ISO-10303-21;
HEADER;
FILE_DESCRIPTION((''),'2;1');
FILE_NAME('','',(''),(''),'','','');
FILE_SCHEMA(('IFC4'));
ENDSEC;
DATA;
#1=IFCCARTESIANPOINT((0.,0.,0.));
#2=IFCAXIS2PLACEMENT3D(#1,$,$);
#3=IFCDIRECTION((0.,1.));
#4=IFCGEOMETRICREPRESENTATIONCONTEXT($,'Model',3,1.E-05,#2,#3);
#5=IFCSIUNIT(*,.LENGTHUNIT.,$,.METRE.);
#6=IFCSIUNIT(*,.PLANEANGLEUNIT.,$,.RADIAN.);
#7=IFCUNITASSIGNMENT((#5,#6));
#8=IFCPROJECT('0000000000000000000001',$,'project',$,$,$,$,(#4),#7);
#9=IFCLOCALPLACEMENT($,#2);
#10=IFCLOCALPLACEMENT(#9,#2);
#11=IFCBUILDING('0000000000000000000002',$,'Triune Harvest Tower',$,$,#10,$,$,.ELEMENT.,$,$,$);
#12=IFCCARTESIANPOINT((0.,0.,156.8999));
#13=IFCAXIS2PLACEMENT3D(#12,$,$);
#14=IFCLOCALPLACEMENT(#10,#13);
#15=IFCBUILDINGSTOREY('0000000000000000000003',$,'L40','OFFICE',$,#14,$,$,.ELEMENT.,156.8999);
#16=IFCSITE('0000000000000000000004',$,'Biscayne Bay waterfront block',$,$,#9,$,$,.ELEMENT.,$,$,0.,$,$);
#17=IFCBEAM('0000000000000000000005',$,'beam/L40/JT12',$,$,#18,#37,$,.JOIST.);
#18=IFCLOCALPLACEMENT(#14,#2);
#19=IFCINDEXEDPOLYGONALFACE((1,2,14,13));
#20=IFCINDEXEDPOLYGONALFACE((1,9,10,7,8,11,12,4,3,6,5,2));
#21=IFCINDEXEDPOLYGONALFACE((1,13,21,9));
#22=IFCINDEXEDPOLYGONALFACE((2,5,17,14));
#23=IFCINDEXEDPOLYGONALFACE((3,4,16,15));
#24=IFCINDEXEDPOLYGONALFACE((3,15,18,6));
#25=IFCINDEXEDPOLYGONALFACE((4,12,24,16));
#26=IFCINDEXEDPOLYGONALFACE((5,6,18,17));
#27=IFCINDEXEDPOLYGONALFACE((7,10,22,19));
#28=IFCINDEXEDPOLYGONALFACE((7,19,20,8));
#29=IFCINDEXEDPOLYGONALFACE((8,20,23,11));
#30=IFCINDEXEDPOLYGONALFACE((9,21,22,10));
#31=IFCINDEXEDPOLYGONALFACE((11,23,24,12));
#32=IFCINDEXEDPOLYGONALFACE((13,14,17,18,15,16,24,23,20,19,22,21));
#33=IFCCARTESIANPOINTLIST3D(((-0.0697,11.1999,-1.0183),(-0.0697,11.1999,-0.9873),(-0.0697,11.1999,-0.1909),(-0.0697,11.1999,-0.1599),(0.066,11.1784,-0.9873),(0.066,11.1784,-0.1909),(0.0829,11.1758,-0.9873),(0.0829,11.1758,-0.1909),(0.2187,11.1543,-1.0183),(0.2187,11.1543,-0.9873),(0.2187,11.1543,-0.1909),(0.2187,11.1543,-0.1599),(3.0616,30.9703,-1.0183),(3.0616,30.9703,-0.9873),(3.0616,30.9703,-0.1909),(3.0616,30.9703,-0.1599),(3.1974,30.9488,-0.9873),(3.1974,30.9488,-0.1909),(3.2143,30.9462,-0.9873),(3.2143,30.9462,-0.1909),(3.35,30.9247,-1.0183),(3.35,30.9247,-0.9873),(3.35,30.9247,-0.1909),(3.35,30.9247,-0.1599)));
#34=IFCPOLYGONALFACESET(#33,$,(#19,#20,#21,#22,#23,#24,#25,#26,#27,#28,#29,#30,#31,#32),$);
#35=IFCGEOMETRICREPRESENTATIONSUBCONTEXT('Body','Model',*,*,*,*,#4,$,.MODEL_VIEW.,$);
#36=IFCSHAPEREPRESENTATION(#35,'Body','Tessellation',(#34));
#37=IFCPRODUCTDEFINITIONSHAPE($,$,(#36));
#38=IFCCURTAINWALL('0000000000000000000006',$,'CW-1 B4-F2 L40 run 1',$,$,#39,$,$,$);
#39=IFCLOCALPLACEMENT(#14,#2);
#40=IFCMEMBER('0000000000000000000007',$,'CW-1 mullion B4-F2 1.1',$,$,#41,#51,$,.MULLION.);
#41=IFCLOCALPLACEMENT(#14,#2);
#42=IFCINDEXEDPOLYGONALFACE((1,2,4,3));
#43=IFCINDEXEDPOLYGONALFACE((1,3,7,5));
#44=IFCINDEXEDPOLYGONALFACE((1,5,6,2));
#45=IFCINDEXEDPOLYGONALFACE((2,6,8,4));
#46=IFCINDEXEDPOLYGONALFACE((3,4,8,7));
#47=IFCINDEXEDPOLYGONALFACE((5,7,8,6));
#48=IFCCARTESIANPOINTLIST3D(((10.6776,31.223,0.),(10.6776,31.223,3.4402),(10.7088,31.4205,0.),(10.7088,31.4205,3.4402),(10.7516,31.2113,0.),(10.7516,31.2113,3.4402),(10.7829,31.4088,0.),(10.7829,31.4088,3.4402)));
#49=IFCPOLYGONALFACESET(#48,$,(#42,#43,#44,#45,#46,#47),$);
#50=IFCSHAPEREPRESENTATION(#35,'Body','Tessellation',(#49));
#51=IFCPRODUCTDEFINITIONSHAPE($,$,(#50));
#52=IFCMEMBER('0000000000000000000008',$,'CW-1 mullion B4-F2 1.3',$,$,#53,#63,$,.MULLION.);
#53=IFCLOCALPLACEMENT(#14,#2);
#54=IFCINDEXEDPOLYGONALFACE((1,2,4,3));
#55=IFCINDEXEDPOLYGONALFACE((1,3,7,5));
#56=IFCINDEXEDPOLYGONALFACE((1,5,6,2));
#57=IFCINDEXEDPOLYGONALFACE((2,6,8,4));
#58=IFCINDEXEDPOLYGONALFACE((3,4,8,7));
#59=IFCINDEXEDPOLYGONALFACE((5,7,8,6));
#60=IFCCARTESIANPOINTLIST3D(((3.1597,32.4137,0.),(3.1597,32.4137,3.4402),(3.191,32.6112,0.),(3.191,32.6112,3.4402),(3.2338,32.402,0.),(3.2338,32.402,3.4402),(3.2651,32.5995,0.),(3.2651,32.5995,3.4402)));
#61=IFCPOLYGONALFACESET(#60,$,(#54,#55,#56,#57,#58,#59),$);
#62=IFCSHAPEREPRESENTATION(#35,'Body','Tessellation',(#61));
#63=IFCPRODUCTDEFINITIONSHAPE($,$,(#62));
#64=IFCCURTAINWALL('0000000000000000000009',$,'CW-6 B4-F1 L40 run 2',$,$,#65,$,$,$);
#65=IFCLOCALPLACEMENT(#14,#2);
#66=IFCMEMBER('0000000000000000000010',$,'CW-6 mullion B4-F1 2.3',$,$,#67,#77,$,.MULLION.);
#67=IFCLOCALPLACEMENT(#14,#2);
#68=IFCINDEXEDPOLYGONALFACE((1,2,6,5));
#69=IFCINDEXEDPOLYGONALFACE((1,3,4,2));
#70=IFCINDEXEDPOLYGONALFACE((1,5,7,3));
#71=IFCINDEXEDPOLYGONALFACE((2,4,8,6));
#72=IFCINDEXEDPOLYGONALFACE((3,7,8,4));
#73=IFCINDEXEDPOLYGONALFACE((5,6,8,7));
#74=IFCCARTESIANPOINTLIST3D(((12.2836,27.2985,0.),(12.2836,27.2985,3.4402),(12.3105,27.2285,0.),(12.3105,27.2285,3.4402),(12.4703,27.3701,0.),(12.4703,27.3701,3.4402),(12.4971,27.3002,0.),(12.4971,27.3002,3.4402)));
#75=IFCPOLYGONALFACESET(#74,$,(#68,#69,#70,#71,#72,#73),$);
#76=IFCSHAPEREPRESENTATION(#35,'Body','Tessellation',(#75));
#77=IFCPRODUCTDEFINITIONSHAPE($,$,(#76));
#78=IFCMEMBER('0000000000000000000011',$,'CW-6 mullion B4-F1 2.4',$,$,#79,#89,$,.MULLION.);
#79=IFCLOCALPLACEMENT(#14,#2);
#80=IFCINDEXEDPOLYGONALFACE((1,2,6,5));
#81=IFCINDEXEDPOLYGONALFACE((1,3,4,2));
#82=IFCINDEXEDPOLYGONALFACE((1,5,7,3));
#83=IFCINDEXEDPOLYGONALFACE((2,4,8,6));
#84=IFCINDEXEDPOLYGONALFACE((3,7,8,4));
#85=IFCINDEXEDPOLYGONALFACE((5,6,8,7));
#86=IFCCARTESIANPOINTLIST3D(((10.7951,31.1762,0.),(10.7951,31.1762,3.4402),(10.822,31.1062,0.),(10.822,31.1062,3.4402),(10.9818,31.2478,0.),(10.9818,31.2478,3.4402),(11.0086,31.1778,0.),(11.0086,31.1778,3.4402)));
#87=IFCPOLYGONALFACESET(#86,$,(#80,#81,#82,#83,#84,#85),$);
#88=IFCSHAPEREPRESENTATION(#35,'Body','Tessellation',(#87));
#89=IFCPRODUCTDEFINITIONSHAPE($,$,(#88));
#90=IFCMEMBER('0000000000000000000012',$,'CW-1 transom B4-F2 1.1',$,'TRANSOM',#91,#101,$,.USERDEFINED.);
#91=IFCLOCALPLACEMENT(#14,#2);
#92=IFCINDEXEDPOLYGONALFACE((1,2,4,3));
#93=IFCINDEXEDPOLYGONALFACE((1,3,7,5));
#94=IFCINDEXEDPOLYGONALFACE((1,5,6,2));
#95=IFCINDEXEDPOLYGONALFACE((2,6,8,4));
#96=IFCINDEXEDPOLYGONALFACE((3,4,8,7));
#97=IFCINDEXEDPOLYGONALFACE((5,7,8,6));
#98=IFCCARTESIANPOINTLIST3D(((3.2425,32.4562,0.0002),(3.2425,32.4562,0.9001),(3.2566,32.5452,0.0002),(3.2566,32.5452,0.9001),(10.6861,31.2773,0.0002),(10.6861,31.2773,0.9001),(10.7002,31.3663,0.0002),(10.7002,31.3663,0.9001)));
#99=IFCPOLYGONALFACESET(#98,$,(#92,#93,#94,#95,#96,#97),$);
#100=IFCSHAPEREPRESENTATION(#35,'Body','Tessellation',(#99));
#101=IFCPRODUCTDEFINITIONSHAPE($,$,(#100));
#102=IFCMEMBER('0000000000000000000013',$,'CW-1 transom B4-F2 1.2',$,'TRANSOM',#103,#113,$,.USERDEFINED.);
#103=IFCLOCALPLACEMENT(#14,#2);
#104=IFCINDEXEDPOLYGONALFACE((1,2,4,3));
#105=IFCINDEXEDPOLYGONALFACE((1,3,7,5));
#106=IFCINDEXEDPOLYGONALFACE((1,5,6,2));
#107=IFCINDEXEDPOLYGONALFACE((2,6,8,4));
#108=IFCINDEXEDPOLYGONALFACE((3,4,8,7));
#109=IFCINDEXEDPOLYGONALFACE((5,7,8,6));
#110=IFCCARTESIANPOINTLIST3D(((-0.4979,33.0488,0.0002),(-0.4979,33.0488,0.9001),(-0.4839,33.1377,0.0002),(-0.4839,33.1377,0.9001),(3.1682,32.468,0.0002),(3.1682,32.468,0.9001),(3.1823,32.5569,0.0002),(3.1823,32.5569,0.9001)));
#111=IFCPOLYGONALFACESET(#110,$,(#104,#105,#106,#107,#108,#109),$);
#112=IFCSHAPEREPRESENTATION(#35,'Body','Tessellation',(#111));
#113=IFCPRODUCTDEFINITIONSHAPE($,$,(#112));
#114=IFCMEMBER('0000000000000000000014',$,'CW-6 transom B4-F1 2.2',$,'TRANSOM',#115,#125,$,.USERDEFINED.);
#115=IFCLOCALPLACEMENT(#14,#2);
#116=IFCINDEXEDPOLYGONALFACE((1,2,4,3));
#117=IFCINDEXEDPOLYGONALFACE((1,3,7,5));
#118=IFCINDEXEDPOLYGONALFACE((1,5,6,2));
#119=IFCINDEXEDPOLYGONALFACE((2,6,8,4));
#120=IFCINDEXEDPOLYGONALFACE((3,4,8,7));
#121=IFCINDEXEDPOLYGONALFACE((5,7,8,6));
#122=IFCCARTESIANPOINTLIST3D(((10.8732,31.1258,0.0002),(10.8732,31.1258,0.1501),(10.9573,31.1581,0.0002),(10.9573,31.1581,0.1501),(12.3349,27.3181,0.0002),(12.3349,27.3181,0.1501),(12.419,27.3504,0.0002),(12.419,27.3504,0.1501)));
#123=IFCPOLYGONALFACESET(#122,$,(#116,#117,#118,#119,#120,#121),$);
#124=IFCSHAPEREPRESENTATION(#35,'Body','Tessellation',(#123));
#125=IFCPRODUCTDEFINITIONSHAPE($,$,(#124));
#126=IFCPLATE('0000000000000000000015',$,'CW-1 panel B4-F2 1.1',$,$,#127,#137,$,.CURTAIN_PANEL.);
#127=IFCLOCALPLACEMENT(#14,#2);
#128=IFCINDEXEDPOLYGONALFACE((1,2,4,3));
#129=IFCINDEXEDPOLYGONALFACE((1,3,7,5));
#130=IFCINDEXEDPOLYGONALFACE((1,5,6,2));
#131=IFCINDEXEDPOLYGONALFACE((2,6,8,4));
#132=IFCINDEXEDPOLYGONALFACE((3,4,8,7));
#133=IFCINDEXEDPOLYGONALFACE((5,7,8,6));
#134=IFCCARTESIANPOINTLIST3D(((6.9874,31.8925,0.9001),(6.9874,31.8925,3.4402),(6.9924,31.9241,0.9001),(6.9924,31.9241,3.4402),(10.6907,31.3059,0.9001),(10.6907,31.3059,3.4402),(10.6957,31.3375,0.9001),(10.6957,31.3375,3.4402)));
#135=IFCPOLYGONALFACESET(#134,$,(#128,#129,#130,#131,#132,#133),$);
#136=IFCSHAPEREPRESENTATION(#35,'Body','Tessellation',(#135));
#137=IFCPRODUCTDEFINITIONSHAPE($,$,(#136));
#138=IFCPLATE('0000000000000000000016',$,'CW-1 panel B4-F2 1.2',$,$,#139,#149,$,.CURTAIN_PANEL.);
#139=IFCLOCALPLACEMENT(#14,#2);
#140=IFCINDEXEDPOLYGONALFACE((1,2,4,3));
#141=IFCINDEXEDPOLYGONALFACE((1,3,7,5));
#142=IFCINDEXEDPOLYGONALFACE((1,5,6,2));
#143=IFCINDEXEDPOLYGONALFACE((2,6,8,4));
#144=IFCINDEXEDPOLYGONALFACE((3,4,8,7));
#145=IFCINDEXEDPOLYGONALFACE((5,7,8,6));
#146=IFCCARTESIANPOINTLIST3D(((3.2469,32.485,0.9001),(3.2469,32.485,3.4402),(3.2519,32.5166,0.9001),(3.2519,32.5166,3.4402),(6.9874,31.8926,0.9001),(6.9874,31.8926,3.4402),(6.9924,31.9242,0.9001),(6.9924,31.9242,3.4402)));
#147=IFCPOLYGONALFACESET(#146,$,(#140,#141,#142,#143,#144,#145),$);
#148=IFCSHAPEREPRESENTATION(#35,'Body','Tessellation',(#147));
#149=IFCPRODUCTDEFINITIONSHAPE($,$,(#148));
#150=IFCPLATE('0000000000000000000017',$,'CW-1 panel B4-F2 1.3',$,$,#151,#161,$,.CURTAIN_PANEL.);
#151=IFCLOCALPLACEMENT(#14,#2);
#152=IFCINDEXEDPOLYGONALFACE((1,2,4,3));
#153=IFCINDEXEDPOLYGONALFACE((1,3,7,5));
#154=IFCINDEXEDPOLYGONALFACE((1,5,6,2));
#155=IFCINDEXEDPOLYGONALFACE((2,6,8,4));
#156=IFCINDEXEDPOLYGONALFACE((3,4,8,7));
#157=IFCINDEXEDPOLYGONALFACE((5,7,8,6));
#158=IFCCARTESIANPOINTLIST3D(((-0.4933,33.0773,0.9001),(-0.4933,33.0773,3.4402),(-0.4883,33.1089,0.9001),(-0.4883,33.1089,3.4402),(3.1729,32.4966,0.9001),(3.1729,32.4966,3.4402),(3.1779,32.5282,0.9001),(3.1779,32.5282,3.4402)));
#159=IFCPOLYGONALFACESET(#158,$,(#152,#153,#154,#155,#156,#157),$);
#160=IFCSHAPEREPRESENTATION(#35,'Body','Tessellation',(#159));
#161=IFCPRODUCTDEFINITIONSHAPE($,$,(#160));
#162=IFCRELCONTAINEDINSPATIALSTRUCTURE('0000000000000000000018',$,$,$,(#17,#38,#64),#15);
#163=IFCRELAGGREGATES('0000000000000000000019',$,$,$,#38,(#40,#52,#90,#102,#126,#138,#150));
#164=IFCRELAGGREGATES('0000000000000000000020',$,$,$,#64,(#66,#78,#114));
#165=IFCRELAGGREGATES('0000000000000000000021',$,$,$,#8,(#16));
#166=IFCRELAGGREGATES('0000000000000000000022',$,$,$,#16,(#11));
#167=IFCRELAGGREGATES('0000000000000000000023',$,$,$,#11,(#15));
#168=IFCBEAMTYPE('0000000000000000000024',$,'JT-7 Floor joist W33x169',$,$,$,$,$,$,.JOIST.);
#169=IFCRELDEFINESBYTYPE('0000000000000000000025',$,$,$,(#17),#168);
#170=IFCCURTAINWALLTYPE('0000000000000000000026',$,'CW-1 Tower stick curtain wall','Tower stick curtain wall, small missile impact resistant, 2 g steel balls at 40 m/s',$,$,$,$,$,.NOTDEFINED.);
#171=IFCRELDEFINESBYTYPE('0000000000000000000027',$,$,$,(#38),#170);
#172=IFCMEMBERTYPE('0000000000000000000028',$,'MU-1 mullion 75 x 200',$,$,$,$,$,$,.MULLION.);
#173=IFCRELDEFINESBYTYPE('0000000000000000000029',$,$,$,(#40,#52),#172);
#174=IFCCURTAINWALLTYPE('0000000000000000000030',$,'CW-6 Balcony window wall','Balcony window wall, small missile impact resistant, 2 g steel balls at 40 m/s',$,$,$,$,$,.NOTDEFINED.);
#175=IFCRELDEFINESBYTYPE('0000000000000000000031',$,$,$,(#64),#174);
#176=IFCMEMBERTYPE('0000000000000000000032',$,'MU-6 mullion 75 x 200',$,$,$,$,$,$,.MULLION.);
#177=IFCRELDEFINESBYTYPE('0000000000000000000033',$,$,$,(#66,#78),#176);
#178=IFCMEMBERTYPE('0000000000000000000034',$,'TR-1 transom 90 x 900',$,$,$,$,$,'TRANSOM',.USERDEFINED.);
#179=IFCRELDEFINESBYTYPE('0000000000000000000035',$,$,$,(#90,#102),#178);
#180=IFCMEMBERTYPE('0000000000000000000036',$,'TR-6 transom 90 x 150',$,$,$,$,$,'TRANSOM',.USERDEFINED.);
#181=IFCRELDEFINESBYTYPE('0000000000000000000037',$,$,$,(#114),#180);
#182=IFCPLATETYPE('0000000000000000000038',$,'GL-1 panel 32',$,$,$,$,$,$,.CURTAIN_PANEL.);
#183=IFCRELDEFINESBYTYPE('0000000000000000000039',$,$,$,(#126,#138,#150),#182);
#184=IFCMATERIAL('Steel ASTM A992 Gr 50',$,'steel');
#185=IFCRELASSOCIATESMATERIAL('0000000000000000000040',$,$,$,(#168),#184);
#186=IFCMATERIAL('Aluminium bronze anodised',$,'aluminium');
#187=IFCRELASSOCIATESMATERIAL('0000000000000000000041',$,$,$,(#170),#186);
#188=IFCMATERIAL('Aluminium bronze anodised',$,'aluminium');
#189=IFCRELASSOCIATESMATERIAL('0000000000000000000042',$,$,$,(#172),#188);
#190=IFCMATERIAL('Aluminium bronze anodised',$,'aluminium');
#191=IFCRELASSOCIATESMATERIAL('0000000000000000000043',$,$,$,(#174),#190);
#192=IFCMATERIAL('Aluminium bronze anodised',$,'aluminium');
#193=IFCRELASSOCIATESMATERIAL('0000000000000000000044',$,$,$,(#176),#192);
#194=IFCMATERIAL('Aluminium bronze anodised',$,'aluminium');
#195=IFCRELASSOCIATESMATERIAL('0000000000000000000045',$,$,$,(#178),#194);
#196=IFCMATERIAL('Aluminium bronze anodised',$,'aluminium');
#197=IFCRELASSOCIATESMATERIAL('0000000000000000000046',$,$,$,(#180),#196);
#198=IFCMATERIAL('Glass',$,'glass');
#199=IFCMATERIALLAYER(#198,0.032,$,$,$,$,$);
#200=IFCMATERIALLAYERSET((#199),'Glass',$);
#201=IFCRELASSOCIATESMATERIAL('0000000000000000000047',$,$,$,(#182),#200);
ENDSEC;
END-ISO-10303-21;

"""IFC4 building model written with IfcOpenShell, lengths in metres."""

from ifc_helpers import new_model, si_unit, direction, frame, origin, origin_2d, place, context, subcontext, project, spatial, rectangle, i_section, extrude, source, transform, mapped, material, layer, layer_set, material_profile, profile_set, type_object, element, aggregate, save


model = new_model("IFC4")

# Units and contexts
model_context = context("Model", 3, precision=1e-05, world=origin(), true_north=direction((0.0, 1.0)))
body_context = subcontext(model_context, "Body", "Model", "MODEL_VIEW")
ifc_project = project(units=[si_unit("LENGTHUNIT", "METRE"), si_unit("PLANEANGLEUNIT", "RADIAN")], contexts=[model_context])

# Site, building, storey
site_placement = place(None, origin())
site = spatial("IfcSite", under=ifc_project, at=site_placement, Name="Biscayne Bay waterfront block", CompositionType="ELEMENT", RefElevation=0.0)
building_placement = place(site_placement, origin())
building = spatial("IfcBuilding", under=site, at=building_placement, Name="Triune Harvest Tower", CompositionType="ELEMENT")
storey_placement = place(building_placement, frame((0.0, 0.0, 156.8999)))
storey = spatial("IfcBuildingStorey", under=building, at=storey_placement, Name="L40", Description="OFFICE", CompositionType="ELEMENT", Elevation=156.8999)

# Beam
ifc_material_1 = material(Name="Steel ASTM A992 Gr 50", Category="steel")
ifc_material_profile_1 = material_profile(ifc_material_1, i_section(OverallWidth=0.292, OverallDepth=0.8584, WebThickness=0.0171, FlangeThickness=0.031, at=origin_2d()), Name="W33x169")
ifc_profile_set_1 = profile_set([ifc_material_profile_1], Name="Steel ASTM A992 Gr 50")
beam_type_1 = type_object("IfcBeamType", Name="JT-7 Floor joist W33x169", PredefinedType="JOIST", material=ifc_profile_set_1)
shared_shape_1 = source(origin(), body_context, "Body", "SweptSolid", [
    extrude(i_section(OverallWidth=0.292, OverallDepth=0.8584, WebThickness=0.0171, FlangeThickness=0.031, at=origin_2d()), origin(), (0.0, 0.0, 1.0), 20.0168),
])
beam_1_placement = place(storey_placement, frame((3.2058, 30.9475, -0.5891), z_axis=(-0.156435, -0.987688, 0.0), x_axis=(0.987688, -0.156435, 0.0)))
element("IfcBeam", 1, at=beam_1_placement, inside=storey, type_object=beam_type_1, Name="beam/L40/JT12", PredefinedType="JOIST", context=body_context, shape_type="MappedRepresentation", body=[
    mapped(shared_shape_1, transform((0.0, 0.0, 0.0), scale=1.0)),
])

# Curtain walls, members
ifc_material_2 = material(Name="Aluminium bronze anodised", Category="aluminium")
curtain_wall_type_1 = type_object("IfcCurtainWallType", Name="CW-1 Tower stick curtain wall", Description="Tower stick curtain wall, small missile impact resistant, 2 g steel balls at 40 m/s", PredefinedType="NOTDEFINED", material=ifc_material_2)
curtain_wall_1_placement = place(storey_placement, origin())
curtain_wall_1 = element("IfcCurtainWall", 2, at=curtain_wall_1_placement, inside=storey, type_object=curtain_wall_type_1, Name="CW-1 B4-F2 L40 run 1")
ifc_material_3 = material(Name="Aluminium bronze anodised", Category="aluminium")
ifc_material_profile_2 = material_profile(ifc_material_3, rectangle(XDim=0.2, YDim=0.075, at=origin_2d()), Name="MU-1 mullion 75 x 200")
ifc_profile_set_2 = profile_set([ifc_material_profile_2], Name="Aluminium bronze anodised")
member_type_1 = type_object("IfcMemberType", Name="MU-1 mullion 75 x 200", PredefinedType="MULLION", material=ifc_profile_set_2)
shared_shape_2 = source(origin(), body_context, "Body", "SweptSolid", [
    extrude(rectangle(XDim=0.2, YDim=0.075, at=origin_2d()), origin(), (0.0, 0.0, 1.0), 3.4402),
])
member_1_placement = place(storey_placement, frame((10.7302, 31.3159, 0.0), z_axis=(0.0, 0.0, 1.0), x_axis=(-0.156433, -0.987689, 0.0)))
member_1 = element("IfcMember", 3, at=member_1_placement, type_object=member_type_1, Name="CW-1 mullion B4-F2 1.1", PredefinedType="MULLION", context=body_context, shape_type="MappedRepresentation", body=[
    mapped(shared_shape_2, transform((0.0, 0.0, 0.0), scale=1.0)),
])
member_2_placement = place(storey_placement, frame((3.2124, 32.5066, 0.0), z_axis=(0.0, 0.0, 1.0), x_axis=(-0.156433, -0.987689, 0.0)))
member_2 = element("IfcMember", 4, at=member_2_placement, type_object=member_type_1, Name="CW-1 mullion B4-F2 1.3", PredefinedType="MULLION", context=body_context, shape_type="MappedRepresentation", body=[
    mapped(shared_shape_2, transform((0.0, 0.0, 0.0), scale=1.0)),
])
ifc_material_4 = material(Name="Aluminium bronze anodised", Category="aluminium")
curtain_wall_type_2 = type_object("IfcCurtainWallType", Name="CW-6 Balcony window wall", Description="Balcony window wall, small missile impact resistant, 2 g steel balls at 40 m/s", PredefinedType="NOTDEFINED", material=ifc_material_4)
curtain_wall_2_placement = place(storey_placement, origin())
curtain_wall_2 = element("IfcCurtainWall", 5, at=curtain_wall_2_placement, inside=storey, type_object=curtain_wall_type_2, Name="CW-6 B4-F1 L40 run 2")
ifc_material_5 = material(Name="Aluminium bronze anodised", Category="aluminium")
ifc_material_profile_3 = material_profile(ifc_material_5, rectangle(XDim=0.2, YDim=0.075, at=origin_2d()), Name="MU-6 mullion 75 x 200")
ifc_profile_set_3 = profile_set([ifc_material_profile_3], Name="Aluminium bronze anodised")
member_type_2 = type_object("IfcMemberType", Name="MU-6 mullion 75 x 200", PredefinedType="MULLION", material=ifc_profile_set_3)
shared_shape_3 = source(origin(), body_context, "Body", "SweptSolid", [
    extrude(rectangle(XDim=0.2, YDim=0.075, at=origin_2d()), origin(), (0.0, 0.0, 1.0), 3.4402),
])
member_3_placement = place(storey_placement, frame((12.3904, 27.2993, 0.0), z_axis=(0.0, 0.0, 1.0), x_axis=(-0.93358, -0.358369, 0.0)))
member_3 = element("IfcMember", 6, at=member_3_placement, type_object=member_type_2, Name="CW-6 mullion B4-F1 2.3", PredefinedType="MULLION", context=body_context, shape_type="MappedRepresentation", body=[
    mapped(shared_shape_3, transform((0.0, 0.0, 0.0), scale=1.0)),
])
member_4_placement = place(storey_placement, frame((10.9019, 31.177, 0.0), z_axis=(0.0, 0.0, 1.0), x_axis=(-0.93358, -0.358369, 0.0)))
member_4 = element("IfcMember", 7, at=member_4_placement, type_object=member_type_2, Name="CW-6 mullion B4-F1 2.4", PredefinedType="MULLION", context=body_context, shape_type="MappedRepresentation", body=[
    mapped(shared_shape_3, transform((0.0, 0.0, 0.0), scale=1.0)),
])

# Members
ifc_material_6 = material(Name="Aluminium bronze anodised", Category="aluminium")
ifc_material_profile_4 = material_profile(ifc_material_6, rectangle(XDim=0.0901, YDim=0.8999, at=origin_2d()), Name="TR-1 transom 90 x 900")
ifc_profile_set_4 = profile_set([ifc_material_profile_4], Name="Aluminium bronze anodised")
member_type_3 = type_object("IfcMemberType", Name="TR-1 transom 90 x 900", ElementType="TRANSOM", PredefinedType="USERDEFINED", material=ifc_profile_set_4)
shared_shape_4 = source(origin(), body_context, "Body", "SweptSolid", [
    extrude(rectangle(XDim=0.0901, YDim=0.8999, at=origin_2d()), origin(), (0.0, 0.0, 1.0), 7.5364),
])
member_5_placement = place(storey_placement, frame((10.6931, 31.3218, 0.4502), z_axis=(-0.987688, 0.156435, 0.0), x_axis=(-0.156435, -0.987688, 0.0)))
member_5 = element("IfcMember", 8, at=member_5_placement, type_object=member_type_3, Name="CW-1 transom B4-F2 1.1", ObjectType="TRANSOM", PredefinedType="USERDEFINED", context=body_context, shape_type="MappedRepresentation", body=[
    mapped(shared_shape_4, transform((0.0, 0.0, 0.0), scale=1.0)),
])
shared_shape_5 = source(origin(), body_context, "Body", "SweptSolid", [
    extrude(rectangle(XDim=0.0901, YDim=0.8999, at=origin_2d()), origin(), (0.0, 0.0, 1.0), 3.7119),
])
member_6_placement = place(storey_placement, frame((3.1753, 32.5125, 0.4502), z_axis=(-0.987683, 0.156469, 0.0), x_axis=(-0.156469, -0.987683, 0.0)))
member_6 = element("IfcMember", 9, at=member_6_placement, type_object=member_type_3, Name="CW-1 transom B4-F2 1.2", ObjectType="TRANSOM", PredefinedType="USERDEFINED", context=body_context, shape_type="MappedRepresentation", body=[
    mapped(shared_shape_5, transform((0.0, 0.0, 0.0), scale=1.0)),
])
ifc_material_7 = material(Name="Aluminium bronze anodised", Category="aluminium")
ifc_material_profile_5 = material_profile(ifc_material_7, rectangle(XDim=0.0901, YDim=0.1499, at=origin_2d()), Name="TR-6 transom 90 x 150")
ifc_profile_set_5 = profile_set([ifc_material_profile_5], Name="Aluminium bronze anodised")
member_type_4 = type_object("IfcMemberType", Name="TR-6 transom 90 x 150", ElementType="TRANSOM", PredefinedType="USERDEFINED", material=ifc_profile_set_5)
shared_shape_6 = source(origin(), body_context, "Body", "SweptSolid", [
    extrude(rectangle(XDim=0.0901, YDim=0.1499, at=origin_2d()), origin(), (0.0, 0.0, 1.0), 4.0786),
])
member_7_placement = place(storey_placement, frame((12.377, 27.3342, 0.0752), z_axis=(-0.358381, 0.933575, 0.0), x_axis=(-0.933575, -0.358381, 0.0)))
member_7 = element("IfcMember", 10, at=member_7_placement, type_object=member_type_4, Name="CW-6 transom B4-F1 2.2", ObjectType="TRANSOM", PredefinedType="USERDEFINED", context=body_context, shape_type="MappedRepresentation", body=[
    mapped(shared_shape_6, transform((0.0, 0.0, 0.0), scale=1.0)),
])

# Plates
ifc_material_8 = material(Name="Glass", Category="glass")
ifc_layer_1 = layer(ifc_material_8, 0.032)
ifc_layer_set_1 = layer_set([ifc_layer_1], Name="Glass")
plate_type_1 = type_object("IfcPlateType", Name="GL-1 panel 32", PredefinedType="CURTAIN_PANEL", material=ifc_layer_set_1)
shared_shape_7 = source(origin(), body_context, "Body", "SweptSolid", [
    extrude(rectangle(XDim=3.7495, YDim=0.032, at=origin_2d()), origin(), (0.0, 0.0, 1.0), 2.54),
])
plate_1_placement = place(storey_placement, frame((8.8416, 31.615, 0.9001), z_axis=(0.0, 0.0, 1.0), x_axis=(-0.987689, 0.156433, 0.0)))
plate_1 = element("IfcPlate", 11, at=plate_1_placement, type_object=plate_type_1, Name="CW-1 panel B4-F2 1.1", PredefinedType="CURTAIN_PANEL", context=body_context, shape_type="MappedRepresentation", body=[
    mapped(shared_shape_7, transform((0.0, 0.0, 0.0), scale=1.0)),
])
shared_shape_8 = source(origin(), body_context, "Body", "SweptSolid", [
    extrude(rectangle(XDim=3.7871, YDim=0.032, at=origin_2d()), origin(), (0.0, 0.0, 1.0), 2.54),
])
plate_2_placement = place(storey_placement, frame((5.1196, 32.2046, 0.9001), z_axis=(0.0, 0.0, 1.0), x_axis=(-0.987689, 0.156433, 0.0)))
plate_2 = element("IfcPlate", 12, at=plate_2_placement, type_object=plate_type_1, Name="CW-1 panel B4-F2 1.2", PredefinedType="CURTAIN_PANEL", context=body_context, shape_type="MappedRepresentation", body=[
    mapped(shared_shape_8, transform((0.0, 0.0, 0.0), scale=1.0)),
])
shared_shape_9 = source(origin(), body_context, "Body", "SweptSolid", [
    extrude(rectangle(XDim=3.7119, YDim=0.032, at=origin_2d()), origin(), (0.0, 0.0, 1.0), 2.54),
])
plate_3_placement = place(storey_placement, frame((1.3423, 32.8027, 0.9001), z_axis=(0.0, 0.0, 1.0), x_axis=(-0.987689, 0.156433, 0.0)))
plate_3 = element("IfcPlate", 13, at=plate_3_placement, type_object=plate_type_1, Name="CW-1 panel B4-F2 1.3", PredefinedType="CURTAIN_PANEL", context=body_context, shape_type="MappedRepresentation", body=[
    mapped(shared_shape_9, transform((0.0, 0.0, 0.0), scale=1.0)),
])
aggregate(curtain_wall_1, [member_1, member_2, member_5, member_6, plate_1, plate_2, plate_3])
aggregate(curtain_wall_2, [member_3, member_4, member_7])

save(model, "model.ifc")
